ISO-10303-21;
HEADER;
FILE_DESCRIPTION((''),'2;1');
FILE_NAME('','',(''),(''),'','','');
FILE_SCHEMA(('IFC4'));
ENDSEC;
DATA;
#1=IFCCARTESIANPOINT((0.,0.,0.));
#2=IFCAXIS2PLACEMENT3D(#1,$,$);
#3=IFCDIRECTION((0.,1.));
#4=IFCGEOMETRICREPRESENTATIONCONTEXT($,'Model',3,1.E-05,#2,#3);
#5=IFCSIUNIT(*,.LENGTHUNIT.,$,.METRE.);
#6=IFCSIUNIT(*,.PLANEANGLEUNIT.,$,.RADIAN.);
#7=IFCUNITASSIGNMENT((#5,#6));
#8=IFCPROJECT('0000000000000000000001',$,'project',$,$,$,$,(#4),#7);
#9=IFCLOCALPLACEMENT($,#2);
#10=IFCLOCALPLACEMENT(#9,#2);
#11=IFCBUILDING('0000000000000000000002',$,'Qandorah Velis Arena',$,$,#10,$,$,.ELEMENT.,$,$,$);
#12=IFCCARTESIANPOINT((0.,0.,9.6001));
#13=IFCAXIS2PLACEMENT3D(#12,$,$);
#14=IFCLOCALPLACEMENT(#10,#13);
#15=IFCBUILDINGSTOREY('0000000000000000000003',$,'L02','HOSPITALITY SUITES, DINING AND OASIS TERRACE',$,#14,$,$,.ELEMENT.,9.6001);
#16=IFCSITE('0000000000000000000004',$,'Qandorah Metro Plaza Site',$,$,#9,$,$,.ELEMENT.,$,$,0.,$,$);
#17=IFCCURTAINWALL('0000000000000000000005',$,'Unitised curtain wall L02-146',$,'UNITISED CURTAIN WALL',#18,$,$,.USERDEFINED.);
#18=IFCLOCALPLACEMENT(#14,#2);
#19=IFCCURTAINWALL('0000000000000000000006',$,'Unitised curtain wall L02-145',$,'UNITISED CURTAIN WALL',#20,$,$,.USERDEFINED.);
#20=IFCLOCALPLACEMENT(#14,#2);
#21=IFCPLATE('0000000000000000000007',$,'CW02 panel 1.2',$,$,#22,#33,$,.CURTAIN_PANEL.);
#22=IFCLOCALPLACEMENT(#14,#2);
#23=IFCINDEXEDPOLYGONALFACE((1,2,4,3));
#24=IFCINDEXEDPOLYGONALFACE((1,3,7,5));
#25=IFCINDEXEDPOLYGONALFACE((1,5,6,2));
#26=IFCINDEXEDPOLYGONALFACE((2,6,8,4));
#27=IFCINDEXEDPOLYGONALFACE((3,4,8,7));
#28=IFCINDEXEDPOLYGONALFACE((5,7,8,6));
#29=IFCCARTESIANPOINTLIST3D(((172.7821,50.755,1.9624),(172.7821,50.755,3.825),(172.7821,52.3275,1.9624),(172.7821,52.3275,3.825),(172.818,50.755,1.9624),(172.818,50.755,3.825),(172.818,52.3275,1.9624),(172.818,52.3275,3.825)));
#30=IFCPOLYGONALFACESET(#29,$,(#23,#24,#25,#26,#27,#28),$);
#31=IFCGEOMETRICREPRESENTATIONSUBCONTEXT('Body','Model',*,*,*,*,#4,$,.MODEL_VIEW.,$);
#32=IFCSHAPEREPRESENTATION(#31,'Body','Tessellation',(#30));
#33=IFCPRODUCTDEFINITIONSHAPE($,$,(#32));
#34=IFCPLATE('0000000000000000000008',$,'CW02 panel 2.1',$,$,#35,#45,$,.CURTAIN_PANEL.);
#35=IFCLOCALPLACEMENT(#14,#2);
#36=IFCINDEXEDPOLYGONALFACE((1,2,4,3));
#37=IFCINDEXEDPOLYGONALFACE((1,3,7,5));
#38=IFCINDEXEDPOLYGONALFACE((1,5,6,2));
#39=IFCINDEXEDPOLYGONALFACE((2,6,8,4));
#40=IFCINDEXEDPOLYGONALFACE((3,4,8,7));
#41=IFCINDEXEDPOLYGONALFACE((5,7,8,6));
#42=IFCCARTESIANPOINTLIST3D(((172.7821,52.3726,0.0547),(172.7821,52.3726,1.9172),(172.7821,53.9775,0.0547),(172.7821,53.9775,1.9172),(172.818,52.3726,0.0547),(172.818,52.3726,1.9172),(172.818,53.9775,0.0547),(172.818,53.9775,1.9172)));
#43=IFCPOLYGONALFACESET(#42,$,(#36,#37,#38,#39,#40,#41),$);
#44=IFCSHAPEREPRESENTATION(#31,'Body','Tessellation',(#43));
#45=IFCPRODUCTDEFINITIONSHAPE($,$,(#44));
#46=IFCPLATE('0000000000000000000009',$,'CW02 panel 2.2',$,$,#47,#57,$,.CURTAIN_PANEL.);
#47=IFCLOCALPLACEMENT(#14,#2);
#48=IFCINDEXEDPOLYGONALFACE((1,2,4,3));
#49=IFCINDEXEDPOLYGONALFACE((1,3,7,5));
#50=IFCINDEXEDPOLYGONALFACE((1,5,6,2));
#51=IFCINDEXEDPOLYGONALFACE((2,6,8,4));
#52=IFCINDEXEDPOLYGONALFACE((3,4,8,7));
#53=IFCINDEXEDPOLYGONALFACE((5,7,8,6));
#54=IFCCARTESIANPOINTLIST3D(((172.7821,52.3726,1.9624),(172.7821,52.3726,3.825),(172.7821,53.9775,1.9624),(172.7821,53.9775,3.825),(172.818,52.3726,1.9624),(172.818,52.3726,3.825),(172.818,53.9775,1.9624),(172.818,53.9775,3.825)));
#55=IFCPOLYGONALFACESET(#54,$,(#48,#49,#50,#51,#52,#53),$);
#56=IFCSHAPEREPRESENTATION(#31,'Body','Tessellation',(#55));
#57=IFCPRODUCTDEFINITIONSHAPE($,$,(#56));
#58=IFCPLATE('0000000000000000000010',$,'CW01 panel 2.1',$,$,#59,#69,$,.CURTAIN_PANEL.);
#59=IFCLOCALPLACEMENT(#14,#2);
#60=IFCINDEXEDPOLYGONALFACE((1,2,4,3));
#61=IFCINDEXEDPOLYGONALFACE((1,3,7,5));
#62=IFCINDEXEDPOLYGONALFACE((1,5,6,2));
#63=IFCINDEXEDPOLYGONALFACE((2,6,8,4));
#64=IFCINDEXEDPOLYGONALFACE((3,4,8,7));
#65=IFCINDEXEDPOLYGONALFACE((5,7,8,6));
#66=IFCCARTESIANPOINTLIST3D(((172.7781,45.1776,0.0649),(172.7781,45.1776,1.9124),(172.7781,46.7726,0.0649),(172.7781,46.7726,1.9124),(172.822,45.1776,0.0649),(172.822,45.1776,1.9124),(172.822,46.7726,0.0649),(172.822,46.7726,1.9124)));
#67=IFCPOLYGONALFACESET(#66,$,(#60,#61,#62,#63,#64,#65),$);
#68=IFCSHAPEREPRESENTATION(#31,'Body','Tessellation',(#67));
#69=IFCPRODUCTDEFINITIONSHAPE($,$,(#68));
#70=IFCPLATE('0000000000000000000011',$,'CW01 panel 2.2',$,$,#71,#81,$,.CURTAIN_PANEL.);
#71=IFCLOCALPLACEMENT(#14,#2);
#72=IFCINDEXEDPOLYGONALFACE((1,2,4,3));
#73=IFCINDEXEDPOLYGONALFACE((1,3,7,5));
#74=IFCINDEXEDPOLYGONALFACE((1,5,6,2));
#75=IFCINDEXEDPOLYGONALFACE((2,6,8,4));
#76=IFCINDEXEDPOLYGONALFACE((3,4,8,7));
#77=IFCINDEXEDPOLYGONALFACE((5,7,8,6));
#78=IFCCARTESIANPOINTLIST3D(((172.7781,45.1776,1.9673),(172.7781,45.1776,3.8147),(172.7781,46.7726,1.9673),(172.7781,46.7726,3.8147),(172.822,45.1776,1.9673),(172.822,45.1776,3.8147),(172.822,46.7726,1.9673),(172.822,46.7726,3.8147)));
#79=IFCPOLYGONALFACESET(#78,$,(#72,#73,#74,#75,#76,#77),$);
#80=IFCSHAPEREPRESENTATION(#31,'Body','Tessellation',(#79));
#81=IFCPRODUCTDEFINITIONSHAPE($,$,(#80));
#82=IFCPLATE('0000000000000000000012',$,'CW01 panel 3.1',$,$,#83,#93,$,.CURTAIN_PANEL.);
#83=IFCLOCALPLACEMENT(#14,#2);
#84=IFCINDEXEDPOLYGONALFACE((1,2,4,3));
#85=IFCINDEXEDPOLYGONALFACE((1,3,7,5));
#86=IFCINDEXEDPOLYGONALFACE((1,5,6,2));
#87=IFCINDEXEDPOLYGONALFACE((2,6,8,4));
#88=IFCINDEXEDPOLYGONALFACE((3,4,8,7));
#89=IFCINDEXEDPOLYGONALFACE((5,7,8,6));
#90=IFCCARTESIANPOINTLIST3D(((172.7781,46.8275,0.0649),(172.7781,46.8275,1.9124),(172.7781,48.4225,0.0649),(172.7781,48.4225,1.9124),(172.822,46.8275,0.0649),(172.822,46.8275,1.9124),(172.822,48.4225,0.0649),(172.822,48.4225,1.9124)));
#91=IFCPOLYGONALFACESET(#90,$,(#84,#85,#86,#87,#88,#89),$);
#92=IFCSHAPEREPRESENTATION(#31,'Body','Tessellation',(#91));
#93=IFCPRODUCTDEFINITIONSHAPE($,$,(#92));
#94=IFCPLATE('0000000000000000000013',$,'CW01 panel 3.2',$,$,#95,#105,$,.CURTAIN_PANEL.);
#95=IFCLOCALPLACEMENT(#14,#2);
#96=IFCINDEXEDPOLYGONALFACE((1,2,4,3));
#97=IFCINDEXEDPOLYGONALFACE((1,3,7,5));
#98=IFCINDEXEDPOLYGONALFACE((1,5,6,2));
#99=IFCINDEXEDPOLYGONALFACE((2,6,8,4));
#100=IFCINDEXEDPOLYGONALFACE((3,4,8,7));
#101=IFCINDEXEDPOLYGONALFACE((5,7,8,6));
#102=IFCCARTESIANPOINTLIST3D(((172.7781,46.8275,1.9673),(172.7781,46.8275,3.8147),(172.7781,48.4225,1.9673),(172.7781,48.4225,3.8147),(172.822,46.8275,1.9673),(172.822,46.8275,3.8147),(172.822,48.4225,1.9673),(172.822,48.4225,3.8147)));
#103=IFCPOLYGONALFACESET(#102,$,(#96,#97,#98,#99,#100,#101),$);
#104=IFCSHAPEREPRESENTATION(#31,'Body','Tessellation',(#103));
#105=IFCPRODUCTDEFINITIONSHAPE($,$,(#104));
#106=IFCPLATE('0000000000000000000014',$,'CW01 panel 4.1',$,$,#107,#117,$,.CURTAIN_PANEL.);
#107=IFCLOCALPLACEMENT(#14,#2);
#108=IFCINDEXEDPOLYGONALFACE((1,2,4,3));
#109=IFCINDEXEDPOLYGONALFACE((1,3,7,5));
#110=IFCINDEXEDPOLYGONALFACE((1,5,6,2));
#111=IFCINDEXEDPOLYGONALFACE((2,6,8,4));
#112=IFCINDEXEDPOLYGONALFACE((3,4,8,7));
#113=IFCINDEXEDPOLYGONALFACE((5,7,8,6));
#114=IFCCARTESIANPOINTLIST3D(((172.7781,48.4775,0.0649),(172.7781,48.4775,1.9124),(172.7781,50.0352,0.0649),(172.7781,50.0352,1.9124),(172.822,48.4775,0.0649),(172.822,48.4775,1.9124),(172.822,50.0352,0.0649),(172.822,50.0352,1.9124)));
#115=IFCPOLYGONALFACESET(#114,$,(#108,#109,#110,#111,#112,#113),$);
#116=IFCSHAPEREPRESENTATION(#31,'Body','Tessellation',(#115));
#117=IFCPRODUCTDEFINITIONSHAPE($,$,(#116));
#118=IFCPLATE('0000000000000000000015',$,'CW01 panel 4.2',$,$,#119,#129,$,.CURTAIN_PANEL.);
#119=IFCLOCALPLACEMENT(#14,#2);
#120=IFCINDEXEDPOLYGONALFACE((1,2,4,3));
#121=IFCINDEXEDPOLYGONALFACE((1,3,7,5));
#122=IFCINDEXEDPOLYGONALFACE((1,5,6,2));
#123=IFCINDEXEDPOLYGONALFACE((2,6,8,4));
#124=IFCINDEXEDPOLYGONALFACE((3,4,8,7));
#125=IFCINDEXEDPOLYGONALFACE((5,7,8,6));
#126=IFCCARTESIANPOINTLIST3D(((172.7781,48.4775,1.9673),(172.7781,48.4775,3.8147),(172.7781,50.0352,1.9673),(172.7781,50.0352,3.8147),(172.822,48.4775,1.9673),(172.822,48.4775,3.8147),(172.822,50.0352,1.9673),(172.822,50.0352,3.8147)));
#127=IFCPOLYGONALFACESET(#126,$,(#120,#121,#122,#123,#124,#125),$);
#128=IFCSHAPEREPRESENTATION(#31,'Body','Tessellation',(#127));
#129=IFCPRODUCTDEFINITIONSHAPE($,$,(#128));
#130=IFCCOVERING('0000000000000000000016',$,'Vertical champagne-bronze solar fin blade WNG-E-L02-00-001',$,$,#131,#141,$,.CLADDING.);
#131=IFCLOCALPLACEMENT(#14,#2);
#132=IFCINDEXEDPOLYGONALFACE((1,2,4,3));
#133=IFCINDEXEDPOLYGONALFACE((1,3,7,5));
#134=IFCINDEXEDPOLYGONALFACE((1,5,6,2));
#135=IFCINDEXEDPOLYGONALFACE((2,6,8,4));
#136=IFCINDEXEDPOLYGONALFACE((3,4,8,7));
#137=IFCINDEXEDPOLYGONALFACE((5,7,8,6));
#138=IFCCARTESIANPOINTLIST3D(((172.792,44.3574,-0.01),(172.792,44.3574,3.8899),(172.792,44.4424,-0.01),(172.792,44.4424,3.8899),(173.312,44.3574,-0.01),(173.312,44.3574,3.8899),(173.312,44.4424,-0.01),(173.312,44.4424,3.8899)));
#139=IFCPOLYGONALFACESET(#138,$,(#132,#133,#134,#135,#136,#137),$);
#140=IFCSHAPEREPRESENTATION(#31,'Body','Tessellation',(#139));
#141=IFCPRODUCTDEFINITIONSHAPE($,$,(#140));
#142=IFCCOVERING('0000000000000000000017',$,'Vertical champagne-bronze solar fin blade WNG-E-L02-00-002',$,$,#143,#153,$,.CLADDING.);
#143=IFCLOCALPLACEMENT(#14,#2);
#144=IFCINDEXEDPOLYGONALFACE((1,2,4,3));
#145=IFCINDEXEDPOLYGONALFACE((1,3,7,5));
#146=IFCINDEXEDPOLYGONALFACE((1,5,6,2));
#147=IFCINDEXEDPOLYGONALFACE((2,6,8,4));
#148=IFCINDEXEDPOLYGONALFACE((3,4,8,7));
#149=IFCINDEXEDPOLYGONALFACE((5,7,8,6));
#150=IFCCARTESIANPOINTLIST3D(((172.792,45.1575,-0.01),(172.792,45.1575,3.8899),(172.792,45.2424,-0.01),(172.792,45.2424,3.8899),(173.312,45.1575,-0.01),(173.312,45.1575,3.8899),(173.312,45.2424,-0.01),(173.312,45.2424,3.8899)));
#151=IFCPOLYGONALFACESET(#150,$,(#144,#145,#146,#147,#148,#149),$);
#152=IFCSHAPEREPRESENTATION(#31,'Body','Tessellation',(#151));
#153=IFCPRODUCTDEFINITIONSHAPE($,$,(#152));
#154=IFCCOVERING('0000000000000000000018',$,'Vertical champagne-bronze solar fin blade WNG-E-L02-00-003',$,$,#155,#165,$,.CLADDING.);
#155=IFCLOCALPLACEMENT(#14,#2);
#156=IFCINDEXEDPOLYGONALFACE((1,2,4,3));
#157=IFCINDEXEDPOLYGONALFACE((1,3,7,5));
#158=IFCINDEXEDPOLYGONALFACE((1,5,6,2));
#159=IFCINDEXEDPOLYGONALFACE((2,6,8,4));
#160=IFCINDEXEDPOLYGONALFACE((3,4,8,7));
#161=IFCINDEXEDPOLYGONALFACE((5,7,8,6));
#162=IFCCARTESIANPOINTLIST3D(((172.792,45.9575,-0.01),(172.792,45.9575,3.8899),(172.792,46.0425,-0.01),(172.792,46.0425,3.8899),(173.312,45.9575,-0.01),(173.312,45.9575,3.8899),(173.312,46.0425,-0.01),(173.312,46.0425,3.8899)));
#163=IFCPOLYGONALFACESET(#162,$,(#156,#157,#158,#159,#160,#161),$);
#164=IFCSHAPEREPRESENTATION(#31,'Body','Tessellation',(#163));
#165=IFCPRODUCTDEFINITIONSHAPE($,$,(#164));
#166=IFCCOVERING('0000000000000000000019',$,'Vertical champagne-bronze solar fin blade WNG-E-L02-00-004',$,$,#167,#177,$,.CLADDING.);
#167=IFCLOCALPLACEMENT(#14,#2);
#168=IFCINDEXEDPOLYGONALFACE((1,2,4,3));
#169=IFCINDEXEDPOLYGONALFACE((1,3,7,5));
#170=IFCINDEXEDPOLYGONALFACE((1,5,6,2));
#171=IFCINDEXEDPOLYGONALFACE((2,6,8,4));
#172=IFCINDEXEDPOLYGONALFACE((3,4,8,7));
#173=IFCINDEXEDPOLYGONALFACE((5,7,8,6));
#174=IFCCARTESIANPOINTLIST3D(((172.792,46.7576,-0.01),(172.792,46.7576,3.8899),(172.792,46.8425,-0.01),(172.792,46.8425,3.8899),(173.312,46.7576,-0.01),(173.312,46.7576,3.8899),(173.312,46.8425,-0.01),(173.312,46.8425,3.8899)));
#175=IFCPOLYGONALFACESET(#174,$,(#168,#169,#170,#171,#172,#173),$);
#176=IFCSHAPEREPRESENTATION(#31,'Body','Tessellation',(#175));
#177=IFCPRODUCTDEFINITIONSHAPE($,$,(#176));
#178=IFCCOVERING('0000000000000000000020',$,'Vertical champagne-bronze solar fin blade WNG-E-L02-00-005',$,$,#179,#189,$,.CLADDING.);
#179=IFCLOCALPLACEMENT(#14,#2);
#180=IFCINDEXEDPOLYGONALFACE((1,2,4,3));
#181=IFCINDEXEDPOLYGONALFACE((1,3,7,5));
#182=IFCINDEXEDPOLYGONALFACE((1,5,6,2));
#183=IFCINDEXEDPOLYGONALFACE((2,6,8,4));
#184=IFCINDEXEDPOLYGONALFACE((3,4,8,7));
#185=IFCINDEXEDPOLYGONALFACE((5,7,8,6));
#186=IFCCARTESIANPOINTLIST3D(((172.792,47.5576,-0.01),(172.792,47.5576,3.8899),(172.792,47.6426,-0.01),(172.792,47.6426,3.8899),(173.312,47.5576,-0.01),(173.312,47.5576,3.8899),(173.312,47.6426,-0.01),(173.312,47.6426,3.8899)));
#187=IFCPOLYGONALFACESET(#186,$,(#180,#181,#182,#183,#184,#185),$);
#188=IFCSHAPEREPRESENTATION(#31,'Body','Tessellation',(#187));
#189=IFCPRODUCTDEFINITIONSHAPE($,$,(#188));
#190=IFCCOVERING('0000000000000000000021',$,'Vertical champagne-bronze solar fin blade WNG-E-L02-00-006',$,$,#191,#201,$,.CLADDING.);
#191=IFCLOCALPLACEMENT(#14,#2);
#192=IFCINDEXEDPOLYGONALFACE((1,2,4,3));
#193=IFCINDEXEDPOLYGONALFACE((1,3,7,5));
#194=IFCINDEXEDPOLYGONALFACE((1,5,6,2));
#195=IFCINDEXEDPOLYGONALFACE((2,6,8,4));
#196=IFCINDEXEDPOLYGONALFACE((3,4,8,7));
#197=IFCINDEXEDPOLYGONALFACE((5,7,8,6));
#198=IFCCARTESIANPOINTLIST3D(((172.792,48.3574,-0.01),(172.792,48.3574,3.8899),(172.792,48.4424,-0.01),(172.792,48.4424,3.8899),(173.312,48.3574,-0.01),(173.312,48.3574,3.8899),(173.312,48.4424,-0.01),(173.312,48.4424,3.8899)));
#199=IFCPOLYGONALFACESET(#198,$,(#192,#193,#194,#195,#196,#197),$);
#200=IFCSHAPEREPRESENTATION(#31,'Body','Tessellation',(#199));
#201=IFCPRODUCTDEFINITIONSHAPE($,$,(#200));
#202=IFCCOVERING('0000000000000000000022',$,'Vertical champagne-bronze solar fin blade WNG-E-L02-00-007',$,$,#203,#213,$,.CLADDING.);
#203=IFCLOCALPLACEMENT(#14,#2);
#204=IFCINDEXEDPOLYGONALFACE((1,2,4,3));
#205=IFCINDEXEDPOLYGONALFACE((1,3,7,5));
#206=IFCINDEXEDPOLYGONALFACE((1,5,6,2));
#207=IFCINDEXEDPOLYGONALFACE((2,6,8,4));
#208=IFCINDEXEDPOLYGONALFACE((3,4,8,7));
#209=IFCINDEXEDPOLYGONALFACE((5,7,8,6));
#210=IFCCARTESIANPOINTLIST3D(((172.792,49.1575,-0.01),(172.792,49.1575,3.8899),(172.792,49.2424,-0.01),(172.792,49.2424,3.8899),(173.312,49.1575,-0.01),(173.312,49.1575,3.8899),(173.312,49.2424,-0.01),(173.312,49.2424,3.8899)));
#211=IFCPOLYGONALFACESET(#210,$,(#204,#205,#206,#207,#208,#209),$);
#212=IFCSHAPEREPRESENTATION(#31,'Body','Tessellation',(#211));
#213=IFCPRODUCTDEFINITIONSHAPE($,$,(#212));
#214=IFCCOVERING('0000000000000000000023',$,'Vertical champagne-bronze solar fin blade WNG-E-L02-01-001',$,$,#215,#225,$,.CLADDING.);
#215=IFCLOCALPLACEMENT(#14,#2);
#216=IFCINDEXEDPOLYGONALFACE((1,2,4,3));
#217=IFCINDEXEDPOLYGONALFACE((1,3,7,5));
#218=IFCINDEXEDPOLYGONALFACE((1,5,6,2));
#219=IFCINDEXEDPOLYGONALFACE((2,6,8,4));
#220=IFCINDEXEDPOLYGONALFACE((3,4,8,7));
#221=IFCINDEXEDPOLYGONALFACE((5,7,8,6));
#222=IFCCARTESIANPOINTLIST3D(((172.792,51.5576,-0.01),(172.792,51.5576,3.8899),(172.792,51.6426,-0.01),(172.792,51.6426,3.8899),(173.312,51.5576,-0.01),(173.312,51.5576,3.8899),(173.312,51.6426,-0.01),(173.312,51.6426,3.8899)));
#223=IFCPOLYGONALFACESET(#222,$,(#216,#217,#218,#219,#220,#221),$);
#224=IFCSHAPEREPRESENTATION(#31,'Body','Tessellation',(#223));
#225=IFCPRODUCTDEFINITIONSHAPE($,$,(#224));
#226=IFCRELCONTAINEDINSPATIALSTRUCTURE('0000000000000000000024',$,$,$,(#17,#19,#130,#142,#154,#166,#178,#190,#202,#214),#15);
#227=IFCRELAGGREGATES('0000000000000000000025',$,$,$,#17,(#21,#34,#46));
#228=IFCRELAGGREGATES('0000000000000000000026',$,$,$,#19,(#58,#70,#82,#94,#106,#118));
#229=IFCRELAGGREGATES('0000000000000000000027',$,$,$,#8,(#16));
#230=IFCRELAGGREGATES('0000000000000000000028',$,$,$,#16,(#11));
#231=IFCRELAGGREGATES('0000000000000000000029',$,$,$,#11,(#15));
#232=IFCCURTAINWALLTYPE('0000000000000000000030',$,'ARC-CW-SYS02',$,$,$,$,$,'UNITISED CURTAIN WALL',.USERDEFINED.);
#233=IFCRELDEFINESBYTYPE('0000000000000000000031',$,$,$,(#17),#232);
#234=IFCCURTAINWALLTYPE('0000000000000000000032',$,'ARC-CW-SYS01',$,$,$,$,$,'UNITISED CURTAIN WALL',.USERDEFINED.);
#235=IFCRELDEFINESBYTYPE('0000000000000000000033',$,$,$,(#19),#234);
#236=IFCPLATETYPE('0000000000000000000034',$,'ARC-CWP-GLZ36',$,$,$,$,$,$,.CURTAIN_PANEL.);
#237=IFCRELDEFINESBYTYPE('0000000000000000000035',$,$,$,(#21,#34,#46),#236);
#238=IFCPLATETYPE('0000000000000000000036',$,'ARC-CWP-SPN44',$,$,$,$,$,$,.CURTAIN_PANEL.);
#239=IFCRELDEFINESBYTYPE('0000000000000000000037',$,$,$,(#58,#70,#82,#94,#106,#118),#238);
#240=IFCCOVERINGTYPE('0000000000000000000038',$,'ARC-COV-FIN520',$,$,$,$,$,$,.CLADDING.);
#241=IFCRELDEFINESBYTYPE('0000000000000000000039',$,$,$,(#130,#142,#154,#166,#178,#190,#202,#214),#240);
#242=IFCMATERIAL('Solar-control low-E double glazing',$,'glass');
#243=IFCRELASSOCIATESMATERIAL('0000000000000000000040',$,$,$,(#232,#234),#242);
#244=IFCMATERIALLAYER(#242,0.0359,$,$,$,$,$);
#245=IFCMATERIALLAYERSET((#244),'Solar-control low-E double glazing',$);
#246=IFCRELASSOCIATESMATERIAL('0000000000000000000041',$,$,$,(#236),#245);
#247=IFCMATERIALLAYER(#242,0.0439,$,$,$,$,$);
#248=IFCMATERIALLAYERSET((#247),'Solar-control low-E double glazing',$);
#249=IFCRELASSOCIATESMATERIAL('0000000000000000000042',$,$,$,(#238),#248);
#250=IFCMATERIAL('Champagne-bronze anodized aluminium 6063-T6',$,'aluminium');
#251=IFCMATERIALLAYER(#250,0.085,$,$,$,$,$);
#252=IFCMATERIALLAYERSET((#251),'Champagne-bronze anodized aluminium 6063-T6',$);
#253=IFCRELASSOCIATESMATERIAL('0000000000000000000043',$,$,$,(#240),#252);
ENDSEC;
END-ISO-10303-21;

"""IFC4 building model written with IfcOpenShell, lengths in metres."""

from ifc_helpers import new_model, si_unit, direction, frame, origin, origin_2d, place, context, subcontext, project, spatial, rectangle, extrude, material, layer, layer_set, type_object, element, aggregate, save


model = new_model("IFC4")

# Units and contexts
model_context = context("Model", 3, precision=1e-05, world=origin(), true_north=direction((0.0, 1.0)))
body_context = subcontext(model_context, "Body", "Model", "MODEL_VIEW")
ifc_project = project(units=[si_unit("LENGTHUNIT", "METRE"), si_unit("PLANEANGLEUNIT", "RADIAN")], contexts=[model_context])

# Site, building, storey
site_placement = place(None, origin())
site = spatial("IfcSite", under=ifc_project, at=site_placement, Name="Qandorah Metro Plaza Site", CompositionType="ELEMENT", RefElevation=0.0)
building_placement = place(site_placement, origin())
building = spatial("IfcBuilding", under=site, at=building_placement, Name="Qandorah Velis Arena", CompositionType="ELEMENT")
storey_placement = place(building_placement, frame((0.0, 0.0, 9.6001)))
storey = spatial("IfcBuildingStorey", under=building, at=storey_placement, Name="L02", Description="HOSPITALITY SUITES, DINING AND OASIS TERRACE", CompositionType="ELEMENT", Elevation=9.6001)

# Curtain walls
ifc_material_1 = material(Name="Solar-control low-E double glazing", Category="glass")
curtain_wall_type_1 = type_object("IfcCurtainWallType", Name="ARC-CW-SYS02", ElementType="UNITISED CURTAIN WALL", PredefinedType="USERDEFINED", material=ifc_material_1)
curtain_wall_1_placement = place(storey_placement, origin())
curtain_wall_1 = element("IfcCurtainWall", 1, at=curtain_wall_1_placement, inside=storey, type_object=curtain_wall_type_1, Name="Unitised curtain wall L02-146", ObjectType="UNITISED CURTAIN WALL", PredefinedType="USERDEFINED")
ifc_material_2 = material(Name="Champagne-bronze anodized aluminium 6063-T6", Category="aluminium")
curtain_wall_type_2 = type_object("IfcCurtainWallType", Name="ARC-CW-SYS01", ElementType="UNITISED CURTAIN WALL", PredefinedType="USERDEFINED", material=ifc_material_1)
curtain_wall_2_placement = place(storey_placement, origin())
curtain_wall_2 = element("IfcCurtainWall", 2, at=curtain_wall_2_placement, inside=storey, type_object=curtain_wall_type_2, Name="Unitised curtain wall L02-145", ObjectType="UNITISED CURTAIN WALL", PredefinedType="USERDEFINED")

# Plates
ifc_layer_1 = layer(ifc_material_1, 0.0359)
ifc_layer_set_1 = layer_set([ifc_layer_1], Name="Solar-control low-E double glazing")
plate_type_1 = type_object("IfcPlateType", Name="ARC-CWP-GLZ36", PredefinedType="CURTAIN_PANEL", material=ifc_layer_set_1)
plate_1_placement = place(storey_placement, frame((172.8, 51.5413, 1.9624), z_axis=(0.0, 0.0, 1.0), x_axis=(0.0, 1.0, 0.0)))
plate_1 = element("IfcPlate", 3, at=plate_1_placement, type_object=plate_type_1, Name="CW02 panel 1.2", PredefinedType="CURTAIN_PANEL", context=body_context, shape_type="SweptSolid", body=[
    extrude(rectangle(XDim=1.5725, YDim=0.0359, at=origin_2d()), origin(), (0.0, 0.0, 1.0), 1.8625),
])
plate_2_placement = place(storey_placement, frame((172.8, 53.175, 0.0547), z_axis=(0.0, 0.0, 1.0), x_axis=(0.0, 1.0, 0.0)))
plate_2 = element("IfcPlate", 4, at=plate_2_placement, type_object=plate_type_1, Name="CW02 panel 2.1", PredefinedType="CURTAIN_PANEL", context=body_context, shape_type="SweptSolid", body=[
    extrude(rectangle(XDim=1.605, YDim=0.0359, at=origin_2d()), origin(), (0.0, 0.0, 1.0), 1.8625),
])
plate_3_placement = place(storey_placement, frame((172.8, 53.175, 1.9624), z_axis=(0.0, 0.0, 1.0), x_axis=(0.0, 1.0, 0.0)))
plate_3 = element("IfcPlate", 5, at=plate_3_placement, type_object=plate_type_1, Name="CW02 panel 2.2", PredefinedType="CURTAIN_PANEL", context=body_context, shape_type="SweptSolid", body=[
    extrude(rectangle(XDim=1.605, YDim=0.0359, at=origin_2d()), origin(), (0.0, 0.0, 1.0), 1.8625),
])
aggregate(curtain_wall_1, [plate_1, plate_2, plate_3])
ifc_layer_2 = layer(ifc_material_1, 0.0439)
ifc_layer_set_2 = layer_set([ifc_layer_2], Name="Solar-control low-E double glazing")
plate_type_2 = type_object("IfcPlateType", Name="ARC-CWP-SPN44", PredefinedType="CURTAIN_PANEL", material=ifc_layer_set_2)
plate_4_placement = place(storey_placement, frame((172.8, 45.9751, 0.0649), z_axis=(0.0, 0.0, 1.0), x_axis=(0.0, 1.0, 0.0)))
plate_4 = element("IfcPlate", 6, at=plate_4_placement, type_object=plate_type_2, Name="CW01 panel 2.1", PredefinedType="CURTAIN_PANEL", context=body_context, shape_type="SweptSolid", body=[
    extrude(rectangle(XDim=1.595, YDim=0.0439, at=origin_2d()), origin(), (0.0, 0.0, 1.0), 1.8474),
])
plate_5_placement = place(storey_placement, frame((172.8, 45.9751, 1.9673), z_axis=(0.0, 0.0, 1.0), x_axis=(0.0, 1.0, 0.0)))
plate_5 = element("IfcPlate", 7, at=plate_5_placement, type_object=plate_type_2, Name="CW01 panel 2.2", PredefinedType="CURTAIN_PANEL", context=body_context, shape_type="SweptSolid", body=[
    extrude(rectangle(XDim=1.595, YDim=0.0439, at=origin_2d()), origin(), (0.0, 0.0, 1.0), 1.8474),
])
plate_6_placement = place(storey_placement, frame((172.8, 47.625, 0.0649), z_axis=(0.0, 0.0, 1.0), x_axis=(0.0, 1.0, 0.0)))
plate_6 = element("IfcPlate", 8, at=plate_6_placement, type_object=plate_type_2, Name="CW01 panel 3.1", PredefinedType="CURTAIN_PANEL", context=body_context, shape_type="SweptSolid", body=[
    extrude(rectangle(XDim=1.595, YDim=0.0439, at=origin_2d()), origin(), (0.0, 0.0, 1.0), 1.8474),
])
plate_7_placement = place(storey_placement, frame((172.8, 47.625, 1.9673), z_axis=(0.0, 0.0, 1.0), x_axis=(0.0, 1.0, 0.0)))
plate_7 = element("IfcPlate", 9, at=plate_7_placement, type_object=plate_type_2, Name="CW01 panel 3.2", PredefinedType="CURTAIN_PANEL", context=body_context, shape_type="SweptSolid", body=[
    extrude(rectangle(XDim=1.595, YDim=0.0439, at=origin_2d()), origin(), (0.0, 0.0, 1.0), 1.8474),
])
plate_8_placement = place(storey_placement, frame((172.8, 49.2563, 0.0649), z_axis=(0.0, 0.0, 1.0), x_axis=(0.0, 1.0, 0.0)))
plate_8 = element("IfcPlate", 10, at=plate_8_placement, type_object=plate_type_2, Name="CW01 panel 4.1", PredefinedType="CURTAIN_PANEL", context=body_context, shape_type="SweptSolid", body=[
    extrude(rectangle(XDim=1.5576, YDim=0.0439, at=origin_2d()), origin(), (0.0, 0.0, 1.0), 1.8474),
])
plate_9_placement = place(storey_placement, frame((172.8, 49.2563, 1.9673), z_axis=(0.0, 0.0, 1.0), x_axis=(0.0, 1.0, 0.0)))
plate_9 = element("IfcPlate", 11, at=plate_9_placement, type_object=plate_type_2, Name="CW01 panel 4.2", PredefinedType="CURTAIN_PANEL", context=body_context, shape_type="SweptSolid", body=[
    extrude(rectangle(XDim=1.5576, YDim=0.0439, at=origin_2d()), origin(), (0.0, 0.0, 1.0), 1.8474),
])
aggregate(curtain_wall_2, [plate_4, plate_5, plate_6, plate_7, plate_8, plate_9])

# Coverings
ifc_layer_3 = layer(ifc_material_2, 0.085)
ifc_layer_set_3 = layer_set([ifc_layer_3], Name="Champagne-bronze anodized aluminium 6063-T6")
covering_type = type_object("IfcCoveringType", Name="ARC-COV-FIN520", PredefinedType="CLADDING", material=ifc_layer_set_3)
for number, where, z_axis, x_axis, name in (
    (12, (173.052, 44.3999, -0.01), (0.0, 0.0, 1.0), (1.0, 0.0, 0.0), "Vertical champagne-bronze solar fin blade WNG-E-L02-00-001"),
    (13, (173.052, 45.2, -0.01), (0.0, 0.0, 1.0), (1.0, 0.0, 0.0), "Vertical champagne-bronze solar fin blade WNG-E-L02-00-002"),
    (14, (173.052, 46.0, -0.01), (0.0, 0.0, 1.0), (1.0, 0.0, 0.0), "Vertical champagne-bronze solar fin blade WNG-E-L02-00-003"),
    (15, (173.052, 46.8, -0.01), (0.0, 0.0, 1.0), (1.0, 0.0, 0.0), "Vertical champagne-bronze solar fin blade WNG-E-L02-00-004"),
    (16, (173.052, 47.6001, -0.01), (0.0, 0.0, 1.0), (1.0, 0.0, 0.0), "Vertical champagne-bronze solar fin blade WNG-E-L02-00-005"),
    (17, (173.052, 48.3999, -0.01), (0.0, 0.0, 1.0), (1.0, 0.0, 0.0), "Vertical champagne-bronze solar fin blade WNG-E-L02-00-006"),
    (18, (173.052, 49.2, -0.01), (0.0, 0.0, 1.0), (1.0, 0.0, 0.0), "Vertical champagne-bronze solar fin blade WNG-E-L02-00-007"),
    (19, (173.052, 51.6001, -0.01), (0.0, 0.0, 1.0), (1.0, 0.0, 0.0), "Vertical champagne-bronze solar fin blade WNG-E-L02-01-001"),
):
    element("IfcCovering", number, at=place(storey_placement, frame(where, z_axis=z_axis, x_axis=x_axis)), inside=storey, type_object=covering_type, Name=name, PredefinedType="CLADDING", context=body_context, shape_type="SweptSolid", body=[
        extrude(rectangle(XDim=0.52, YDim=0.085, at=origin_2d()), origin(), (0.0, 0.0, 1.0), 3.8999),
    ])

save(model, "model.ifc")
